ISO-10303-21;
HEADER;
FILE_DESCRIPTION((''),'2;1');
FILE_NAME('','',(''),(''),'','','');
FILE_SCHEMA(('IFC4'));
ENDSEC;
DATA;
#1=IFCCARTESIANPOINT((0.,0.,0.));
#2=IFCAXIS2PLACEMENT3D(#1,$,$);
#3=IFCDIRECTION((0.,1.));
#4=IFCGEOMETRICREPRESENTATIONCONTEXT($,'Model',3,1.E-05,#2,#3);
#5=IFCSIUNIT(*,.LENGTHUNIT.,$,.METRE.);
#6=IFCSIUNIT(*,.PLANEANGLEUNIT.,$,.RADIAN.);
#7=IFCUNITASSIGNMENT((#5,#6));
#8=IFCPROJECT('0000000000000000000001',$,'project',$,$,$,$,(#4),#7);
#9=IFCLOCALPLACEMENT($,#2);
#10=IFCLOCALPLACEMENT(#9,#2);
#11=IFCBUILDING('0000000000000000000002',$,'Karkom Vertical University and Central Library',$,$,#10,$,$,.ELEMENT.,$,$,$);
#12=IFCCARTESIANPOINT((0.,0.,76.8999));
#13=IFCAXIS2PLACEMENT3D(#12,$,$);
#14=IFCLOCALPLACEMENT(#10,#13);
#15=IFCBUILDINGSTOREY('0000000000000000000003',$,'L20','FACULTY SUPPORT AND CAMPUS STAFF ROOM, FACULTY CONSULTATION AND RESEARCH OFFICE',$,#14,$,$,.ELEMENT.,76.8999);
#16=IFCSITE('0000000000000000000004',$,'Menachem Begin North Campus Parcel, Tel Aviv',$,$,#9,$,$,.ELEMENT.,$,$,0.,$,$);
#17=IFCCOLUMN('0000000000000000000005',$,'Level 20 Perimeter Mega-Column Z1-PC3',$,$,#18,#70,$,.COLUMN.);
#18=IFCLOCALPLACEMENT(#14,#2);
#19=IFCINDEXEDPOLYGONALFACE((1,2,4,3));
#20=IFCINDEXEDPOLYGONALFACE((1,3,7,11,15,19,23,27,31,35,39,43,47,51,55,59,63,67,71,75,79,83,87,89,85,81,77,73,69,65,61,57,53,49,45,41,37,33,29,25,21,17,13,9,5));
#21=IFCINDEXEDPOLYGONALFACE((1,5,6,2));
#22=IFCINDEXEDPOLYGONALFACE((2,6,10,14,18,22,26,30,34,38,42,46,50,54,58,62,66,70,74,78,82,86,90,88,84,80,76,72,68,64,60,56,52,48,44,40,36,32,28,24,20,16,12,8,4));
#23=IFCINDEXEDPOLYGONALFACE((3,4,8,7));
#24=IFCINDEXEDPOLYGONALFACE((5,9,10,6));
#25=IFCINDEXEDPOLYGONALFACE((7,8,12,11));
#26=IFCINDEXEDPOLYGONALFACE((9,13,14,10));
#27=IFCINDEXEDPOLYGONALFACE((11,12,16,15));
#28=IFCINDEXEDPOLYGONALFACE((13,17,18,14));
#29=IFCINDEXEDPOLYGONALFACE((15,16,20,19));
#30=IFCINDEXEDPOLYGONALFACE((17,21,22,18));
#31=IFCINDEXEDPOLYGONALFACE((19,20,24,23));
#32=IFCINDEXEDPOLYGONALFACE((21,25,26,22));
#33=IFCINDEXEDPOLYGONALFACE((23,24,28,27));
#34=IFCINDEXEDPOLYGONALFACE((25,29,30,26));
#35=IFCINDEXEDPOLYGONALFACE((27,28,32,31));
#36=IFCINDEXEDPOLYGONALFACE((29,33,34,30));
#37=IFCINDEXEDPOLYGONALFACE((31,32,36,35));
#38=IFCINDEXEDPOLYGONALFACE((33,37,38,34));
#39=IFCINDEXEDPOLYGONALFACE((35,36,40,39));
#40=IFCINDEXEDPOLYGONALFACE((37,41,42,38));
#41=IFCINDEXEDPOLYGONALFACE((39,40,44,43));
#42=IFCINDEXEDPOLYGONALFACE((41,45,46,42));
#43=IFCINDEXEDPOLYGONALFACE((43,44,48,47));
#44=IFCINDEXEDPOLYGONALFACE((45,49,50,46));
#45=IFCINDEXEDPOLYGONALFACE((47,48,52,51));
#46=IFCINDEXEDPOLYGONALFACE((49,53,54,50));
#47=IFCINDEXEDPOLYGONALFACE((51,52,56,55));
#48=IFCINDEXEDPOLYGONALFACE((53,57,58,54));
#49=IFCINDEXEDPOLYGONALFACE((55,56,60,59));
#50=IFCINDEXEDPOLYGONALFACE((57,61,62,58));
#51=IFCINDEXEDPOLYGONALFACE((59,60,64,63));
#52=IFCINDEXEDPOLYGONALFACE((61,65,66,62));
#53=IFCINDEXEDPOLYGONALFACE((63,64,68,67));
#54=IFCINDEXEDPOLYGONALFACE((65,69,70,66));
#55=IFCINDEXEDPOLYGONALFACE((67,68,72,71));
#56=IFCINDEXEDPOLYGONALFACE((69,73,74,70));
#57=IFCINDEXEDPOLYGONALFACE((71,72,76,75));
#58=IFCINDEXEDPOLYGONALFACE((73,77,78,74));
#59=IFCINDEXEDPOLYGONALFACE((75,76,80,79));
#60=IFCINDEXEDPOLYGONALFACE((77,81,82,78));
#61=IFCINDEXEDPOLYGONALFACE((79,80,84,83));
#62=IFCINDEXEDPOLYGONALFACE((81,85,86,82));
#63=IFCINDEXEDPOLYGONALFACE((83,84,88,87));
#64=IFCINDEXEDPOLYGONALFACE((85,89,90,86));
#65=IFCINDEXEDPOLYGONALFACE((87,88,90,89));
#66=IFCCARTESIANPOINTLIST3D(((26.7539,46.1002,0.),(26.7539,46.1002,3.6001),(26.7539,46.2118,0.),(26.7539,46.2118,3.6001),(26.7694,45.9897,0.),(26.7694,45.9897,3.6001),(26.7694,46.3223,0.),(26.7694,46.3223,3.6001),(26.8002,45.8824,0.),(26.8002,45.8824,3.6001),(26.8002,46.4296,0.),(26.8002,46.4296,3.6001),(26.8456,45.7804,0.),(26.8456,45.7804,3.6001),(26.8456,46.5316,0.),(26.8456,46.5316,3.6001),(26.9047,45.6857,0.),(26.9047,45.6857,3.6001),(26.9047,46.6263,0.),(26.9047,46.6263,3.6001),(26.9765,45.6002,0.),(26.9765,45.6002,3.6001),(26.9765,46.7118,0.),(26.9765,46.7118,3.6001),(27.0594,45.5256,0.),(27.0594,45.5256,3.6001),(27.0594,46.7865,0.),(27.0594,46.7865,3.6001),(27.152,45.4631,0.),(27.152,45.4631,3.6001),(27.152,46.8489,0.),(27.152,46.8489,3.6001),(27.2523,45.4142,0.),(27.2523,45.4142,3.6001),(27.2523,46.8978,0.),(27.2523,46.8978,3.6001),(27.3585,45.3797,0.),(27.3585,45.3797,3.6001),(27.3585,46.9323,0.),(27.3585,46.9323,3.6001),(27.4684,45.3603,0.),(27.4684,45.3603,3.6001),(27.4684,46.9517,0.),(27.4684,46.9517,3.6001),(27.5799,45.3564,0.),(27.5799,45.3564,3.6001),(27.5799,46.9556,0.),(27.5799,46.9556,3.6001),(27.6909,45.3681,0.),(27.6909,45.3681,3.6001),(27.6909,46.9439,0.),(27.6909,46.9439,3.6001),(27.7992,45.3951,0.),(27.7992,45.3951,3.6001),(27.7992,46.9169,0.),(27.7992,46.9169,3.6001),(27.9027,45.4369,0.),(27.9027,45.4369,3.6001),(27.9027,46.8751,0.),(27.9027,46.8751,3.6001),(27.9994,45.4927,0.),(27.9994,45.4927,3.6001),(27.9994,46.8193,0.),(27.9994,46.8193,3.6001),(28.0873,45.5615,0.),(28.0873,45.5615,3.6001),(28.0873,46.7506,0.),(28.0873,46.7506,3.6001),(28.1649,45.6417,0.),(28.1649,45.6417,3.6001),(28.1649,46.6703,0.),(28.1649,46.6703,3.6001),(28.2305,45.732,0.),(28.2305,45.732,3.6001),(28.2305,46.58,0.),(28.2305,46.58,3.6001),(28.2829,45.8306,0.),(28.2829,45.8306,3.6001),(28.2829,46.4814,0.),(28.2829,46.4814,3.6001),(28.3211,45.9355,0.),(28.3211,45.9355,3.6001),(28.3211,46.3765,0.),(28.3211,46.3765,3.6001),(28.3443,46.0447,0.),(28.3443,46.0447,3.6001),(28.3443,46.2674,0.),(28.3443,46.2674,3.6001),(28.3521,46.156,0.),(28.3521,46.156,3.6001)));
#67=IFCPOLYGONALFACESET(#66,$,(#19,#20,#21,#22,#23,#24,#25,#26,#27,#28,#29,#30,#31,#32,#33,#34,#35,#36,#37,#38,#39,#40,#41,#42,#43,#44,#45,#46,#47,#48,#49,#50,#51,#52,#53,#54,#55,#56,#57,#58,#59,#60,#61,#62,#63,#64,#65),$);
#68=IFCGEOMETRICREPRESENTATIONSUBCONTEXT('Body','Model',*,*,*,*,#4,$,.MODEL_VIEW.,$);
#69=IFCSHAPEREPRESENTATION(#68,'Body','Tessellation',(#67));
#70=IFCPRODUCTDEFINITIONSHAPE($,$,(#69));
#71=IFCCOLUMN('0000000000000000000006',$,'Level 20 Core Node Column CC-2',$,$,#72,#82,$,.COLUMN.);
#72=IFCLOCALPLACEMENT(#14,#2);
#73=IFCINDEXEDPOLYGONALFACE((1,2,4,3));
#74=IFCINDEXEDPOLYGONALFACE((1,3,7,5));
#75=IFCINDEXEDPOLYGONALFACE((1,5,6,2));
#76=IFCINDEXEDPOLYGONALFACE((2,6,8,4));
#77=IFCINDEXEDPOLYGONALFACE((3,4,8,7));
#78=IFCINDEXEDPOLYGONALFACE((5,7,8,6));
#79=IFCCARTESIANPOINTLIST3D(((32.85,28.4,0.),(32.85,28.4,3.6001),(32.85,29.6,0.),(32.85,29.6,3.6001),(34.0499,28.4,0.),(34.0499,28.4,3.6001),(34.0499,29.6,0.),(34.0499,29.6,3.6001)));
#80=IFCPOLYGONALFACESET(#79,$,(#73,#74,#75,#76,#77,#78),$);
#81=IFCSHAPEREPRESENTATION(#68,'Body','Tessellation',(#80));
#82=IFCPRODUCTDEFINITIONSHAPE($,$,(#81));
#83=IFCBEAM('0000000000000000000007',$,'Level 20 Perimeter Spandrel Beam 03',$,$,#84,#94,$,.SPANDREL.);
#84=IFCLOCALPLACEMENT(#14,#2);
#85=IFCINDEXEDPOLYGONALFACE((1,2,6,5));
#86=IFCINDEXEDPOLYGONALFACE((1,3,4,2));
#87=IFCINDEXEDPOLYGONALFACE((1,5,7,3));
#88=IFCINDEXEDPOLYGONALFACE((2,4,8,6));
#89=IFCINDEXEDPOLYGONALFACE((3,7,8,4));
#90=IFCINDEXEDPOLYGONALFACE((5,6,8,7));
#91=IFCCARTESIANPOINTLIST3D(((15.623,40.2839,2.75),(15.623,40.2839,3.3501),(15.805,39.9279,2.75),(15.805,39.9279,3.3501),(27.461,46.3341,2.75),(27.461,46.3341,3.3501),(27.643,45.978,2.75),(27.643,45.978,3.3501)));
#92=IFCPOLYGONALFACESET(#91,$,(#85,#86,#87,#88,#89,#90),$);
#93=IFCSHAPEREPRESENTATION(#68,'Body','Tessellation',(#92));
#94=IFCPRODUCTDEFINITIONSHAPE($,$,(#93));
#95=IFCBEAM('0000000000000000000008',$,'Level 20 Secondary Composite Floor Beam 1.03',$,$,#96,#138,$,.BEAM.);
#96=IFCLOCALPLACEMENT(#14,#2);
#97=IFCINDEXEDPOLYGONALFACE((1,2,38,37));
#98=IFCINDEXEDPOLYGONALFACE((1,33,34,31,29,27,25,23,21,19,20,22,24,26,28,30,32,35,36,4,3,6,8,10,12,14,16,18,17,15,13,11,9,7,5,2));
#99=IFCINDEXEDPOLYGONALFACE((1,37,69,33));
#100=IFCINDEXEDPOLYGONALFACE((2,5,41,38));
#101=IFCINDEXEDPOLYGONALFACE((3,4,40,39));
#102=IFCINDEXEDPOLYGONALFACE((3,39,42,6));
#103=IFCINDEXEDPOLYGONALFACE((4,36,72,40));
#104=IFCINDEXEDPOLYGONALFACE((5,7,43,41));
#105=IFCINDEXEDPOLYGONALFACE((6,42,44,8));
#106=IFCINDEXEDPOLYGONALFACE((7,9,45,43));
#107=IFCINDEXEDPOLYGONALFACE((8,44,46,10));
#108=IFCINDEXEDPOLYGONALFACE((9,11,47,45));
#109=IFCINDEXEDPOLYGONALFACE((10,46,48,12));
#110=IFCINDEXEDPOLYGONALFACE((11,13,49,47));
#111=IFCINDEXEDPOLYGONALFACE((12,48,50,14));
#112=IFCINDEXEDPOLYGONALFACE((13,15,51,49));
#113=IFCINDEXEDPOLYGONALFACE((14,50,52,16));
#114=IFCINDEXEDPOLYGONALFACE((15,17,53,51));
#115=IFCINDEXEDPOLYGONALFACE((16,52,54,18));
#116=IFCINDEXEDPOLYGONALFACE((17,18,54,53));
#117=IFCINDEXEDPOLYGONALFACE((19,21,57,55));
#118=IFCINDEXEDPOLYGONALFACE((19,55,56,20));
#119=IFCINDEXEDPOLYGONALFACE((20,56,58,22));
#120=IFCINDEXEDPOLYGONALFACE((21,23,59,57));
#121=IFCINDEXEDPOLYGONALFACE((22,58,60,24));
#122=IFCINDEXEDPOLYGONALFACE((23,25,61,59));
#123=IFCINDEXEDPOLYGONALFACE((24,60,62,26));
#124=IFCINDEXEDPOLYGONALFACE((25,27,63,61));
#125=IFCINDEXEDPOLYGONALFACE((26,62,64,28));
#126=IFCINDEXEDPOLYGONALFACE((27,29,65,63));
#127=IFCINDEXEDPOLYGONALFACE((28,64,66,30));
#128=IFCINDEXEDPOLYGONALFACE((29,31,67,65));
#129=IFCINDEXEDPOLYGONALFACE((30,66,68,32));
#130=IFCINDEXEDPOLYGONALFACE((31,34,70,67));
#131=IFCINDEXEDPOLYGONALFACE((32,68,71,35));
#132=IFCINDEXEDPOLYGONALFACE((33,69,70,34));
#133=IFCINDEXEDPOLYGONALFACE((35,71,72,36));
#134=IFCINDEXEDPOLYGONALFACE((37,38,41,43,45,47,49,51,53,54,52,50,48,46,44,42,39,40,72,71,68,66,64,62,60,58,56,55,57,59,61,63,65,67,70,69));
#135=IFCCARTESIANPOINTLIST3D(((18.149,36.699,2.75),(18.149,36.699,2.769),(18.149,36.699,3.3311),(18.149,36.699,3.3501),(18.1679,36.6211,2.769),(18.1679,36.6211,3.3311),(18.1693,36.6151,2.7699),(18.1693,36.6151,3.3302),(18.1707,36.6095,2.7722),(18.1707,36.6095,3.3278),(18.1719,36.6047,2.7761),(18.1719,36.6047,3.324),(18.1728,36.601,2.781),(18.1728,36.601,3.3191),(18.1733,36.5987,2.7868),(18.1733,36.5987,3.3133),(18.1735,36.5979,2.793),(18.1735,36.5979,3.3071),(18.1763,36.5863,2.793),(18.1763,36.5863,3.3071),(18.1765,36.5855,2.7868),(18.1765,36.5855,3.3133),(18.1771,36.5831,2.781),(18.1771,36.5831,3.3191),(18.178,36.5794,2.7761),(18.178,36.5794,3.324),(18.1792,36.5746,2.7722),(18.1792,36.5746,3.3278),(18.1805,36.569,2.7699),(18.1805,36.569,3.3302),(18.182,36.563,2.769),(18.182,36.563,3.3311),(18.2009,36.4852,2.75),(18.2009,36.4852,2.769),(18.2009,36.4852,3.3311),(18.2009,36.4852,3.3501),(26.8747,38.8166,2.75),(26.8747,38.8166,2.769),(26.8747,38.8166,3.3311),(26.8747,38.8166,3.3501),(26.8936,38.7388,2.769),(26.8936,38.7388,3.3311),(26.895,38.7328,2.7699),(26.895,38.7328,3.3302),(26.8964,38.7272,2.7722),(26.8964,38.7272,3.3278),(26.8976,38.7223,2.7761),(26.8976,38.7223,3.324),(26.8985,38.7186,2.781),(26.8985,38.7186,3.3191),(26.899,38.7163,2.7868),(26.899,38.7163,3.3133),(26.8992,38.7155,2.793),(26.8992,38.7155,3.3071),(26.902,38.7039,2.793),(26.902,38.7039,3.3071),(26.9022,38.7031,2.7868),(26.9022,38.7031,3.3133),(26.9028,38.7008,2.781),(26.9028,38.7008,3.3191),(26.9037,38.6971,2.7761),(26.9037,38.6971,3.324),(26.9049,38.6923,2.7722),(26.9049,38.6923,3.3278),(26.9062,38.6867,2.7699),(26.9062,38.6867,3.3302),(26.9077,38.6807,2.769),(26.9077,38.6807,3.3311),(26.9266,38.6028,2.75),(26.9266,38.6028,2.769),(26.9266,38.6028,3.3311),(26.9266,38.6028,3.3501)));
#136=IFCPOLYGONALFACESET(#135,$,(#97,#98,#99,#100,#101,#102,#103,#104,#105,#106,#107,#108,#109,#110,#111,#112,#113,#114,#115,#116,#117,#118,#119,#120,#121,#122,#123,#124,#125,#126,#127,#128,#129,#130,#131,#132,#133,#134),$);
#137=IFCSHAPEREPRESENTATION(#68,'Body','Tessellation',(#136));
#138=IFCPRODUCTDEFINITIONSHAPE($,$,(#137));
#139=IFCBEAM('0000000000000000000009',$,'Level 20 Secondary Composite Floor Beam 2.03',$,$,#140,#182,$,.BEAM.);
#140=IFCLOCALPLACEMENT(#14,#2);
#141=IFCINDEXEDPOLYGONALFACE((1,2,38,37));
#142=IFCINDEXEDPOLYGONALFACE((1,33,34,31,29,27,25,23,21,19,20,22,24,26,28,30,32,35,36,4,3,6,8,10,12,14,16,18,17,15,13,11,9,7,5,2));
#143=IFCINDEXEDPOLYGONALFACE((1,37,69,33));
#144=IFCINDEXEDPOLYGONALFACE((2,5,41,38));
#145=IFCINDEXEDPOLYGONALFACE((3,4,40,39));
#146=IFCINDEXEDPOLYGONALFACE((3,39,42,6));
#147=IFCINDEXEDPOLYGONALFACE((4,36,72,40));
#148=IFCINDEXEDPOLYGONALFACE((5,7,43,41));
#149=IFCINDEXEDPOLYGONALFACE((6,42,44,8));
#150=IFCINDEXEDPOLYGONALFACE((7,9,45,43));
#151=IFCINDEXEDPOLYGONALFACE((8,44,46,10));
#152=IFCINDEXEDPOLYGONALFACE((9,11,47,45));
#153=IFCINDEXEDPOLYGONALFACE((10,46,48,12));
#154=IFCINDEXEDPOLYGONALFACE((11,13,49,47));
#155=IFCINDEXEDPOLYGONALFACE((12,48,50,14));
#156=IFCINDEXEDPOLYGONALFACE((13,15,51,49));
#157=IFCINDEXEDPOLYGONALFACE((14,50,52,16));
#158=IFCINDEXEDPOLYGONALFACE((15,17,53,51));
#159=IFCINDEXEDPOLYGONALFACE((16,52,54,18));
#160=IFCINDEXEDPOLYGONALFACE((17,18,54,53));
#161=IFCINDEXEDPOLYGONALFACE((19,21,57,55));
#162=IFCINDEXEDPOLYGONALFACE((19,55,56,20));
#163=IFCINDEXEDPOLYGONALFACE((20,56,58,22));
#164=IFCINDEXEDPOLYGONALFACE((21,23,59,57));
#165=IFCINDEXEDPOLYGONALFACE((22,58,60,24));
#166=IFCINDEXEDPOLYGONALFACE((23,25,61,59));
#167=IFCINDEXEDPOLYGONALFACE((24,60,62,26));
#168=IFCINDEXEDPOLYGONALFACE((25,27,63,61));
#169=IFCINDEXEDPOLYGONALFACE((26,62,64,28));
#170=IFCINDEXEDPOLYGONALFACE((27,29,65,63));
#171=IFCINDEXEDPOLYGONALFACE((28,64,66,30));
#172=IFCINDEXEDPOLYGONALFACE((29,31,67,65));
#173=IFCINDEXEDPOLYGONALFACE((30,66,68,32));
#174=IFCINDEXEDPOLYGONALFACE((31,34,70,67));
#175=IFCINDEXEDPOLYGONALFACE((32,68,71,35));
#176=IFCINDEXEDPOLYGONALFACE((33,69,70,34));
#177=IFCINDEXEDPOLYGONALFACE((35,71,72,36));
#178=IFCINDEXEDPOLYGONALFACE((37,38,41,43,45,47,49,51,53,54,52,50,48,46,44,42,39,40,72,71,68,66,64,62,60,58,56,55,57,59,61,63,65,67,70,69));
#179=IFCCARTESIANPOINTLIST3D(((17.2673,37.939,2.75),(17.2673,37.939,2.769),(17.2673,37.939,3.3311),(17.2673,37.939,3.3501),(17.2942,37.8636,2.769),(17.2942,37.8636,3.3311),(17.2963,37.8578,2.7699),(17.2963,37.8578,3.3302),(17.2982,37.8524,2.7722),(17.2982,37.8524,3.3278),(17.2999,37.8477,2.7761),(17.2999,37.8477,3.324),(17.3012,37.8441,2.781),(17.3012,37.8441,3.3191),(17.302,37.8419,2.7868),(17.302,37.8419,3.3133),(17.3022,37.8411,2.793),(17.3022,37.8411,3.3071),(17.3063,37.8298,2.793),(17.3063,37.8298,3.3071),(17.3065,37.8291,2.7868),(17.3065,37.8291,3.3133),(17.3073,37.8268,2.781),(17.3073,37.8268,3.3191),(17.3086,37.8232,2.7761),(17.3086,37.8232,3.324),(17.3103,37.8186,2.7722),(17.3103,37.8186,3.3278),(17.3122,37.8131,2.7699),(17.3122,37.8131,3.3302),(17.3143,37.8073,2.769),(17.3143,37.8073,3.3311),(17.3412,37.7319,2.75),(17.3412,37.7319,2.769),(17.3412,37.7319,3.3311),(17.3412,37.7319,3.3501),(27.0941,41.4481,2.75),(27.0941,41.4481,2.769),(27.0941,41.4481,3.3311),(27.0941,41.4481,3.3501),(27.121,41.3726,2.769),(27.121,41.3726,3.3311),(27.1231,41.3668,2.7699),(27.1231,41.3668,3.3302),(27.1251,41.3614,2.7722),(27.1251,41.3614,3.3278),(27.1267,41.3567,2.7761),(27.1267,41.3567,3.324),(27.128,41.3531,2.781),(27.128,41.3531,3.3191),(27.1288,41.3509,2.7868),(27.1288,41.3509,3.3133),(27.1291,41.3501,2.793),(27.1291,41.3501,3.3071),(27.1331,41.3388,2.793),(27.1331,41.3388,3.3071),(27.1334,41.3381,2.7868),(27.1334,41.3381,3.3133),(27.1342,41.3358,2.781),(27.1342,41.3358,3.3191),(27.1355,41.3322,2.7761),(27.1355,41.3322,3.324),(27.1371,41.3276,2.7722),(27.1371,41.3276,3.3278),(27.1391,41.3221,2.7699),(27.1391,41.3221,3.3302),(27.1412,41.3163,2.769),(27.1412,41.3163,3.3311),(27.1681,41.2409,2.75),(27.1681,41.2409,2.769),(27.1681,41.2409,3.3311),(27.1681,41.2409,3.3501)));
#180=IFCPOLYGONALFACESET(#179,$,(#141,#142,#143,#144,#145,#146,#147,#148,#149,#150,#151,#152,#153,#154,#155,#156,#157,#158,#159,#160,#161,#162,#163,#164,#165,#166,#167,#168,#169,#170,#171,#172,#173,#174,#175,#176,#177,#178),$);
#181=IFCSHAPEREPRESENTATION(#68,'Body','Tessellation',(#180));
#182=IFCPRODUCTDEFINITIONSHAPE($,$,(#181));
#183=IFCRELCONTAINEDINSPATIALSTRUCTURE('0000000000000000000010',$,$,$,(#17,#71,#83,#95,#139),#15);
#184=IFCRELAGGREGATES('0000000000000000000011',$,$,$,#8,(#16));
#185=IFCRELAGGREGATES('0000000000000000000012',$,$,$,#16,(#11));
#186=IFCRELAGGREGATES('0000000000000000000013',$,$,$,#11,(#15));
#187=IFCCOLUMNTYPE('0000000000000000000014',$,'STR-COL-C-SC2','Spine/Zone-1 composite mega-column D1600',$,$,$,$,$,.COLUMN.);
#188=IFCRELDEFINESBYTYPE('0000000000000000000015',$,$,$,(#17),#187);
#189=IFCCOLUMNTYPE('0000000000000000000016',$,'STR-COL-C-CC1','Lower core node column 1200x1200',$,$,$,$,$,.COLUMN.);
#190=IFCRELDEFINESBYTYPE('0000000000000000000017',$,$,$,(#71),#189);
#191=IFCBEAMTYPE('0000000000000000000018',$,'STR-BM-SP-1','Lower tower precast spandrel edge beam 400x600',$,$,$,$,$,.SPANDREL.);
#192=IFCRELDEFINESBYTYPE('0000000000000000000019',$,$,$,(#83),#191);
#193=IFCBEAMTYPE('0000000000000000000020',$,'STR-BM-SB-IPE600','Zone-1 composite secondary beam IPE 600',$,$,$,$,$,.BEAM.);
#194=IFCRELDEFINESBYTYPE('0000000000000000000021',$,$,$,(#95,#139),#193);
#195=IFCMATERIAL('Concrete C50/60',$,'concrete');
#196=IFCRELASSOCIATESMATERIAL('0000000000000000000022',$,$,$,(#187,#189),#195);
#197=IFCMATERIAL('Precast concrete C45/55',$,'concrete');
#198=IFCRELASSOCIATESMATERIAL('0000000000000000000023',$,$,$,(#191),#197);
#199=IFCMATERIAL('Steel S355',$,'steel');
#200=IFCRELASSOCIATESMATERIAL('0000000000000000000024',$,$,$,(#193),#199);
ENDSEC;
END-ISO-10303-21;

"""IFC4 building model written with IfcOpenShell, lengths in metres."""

from ifc_helpers import new_model, si_unit, direction, frame, origin, origin_with_axes, origin_2d, place, context, subcontext, project, spatial, rectangle, circle, i_section, extrude, source, transform, mapped, material, material_profile, profile_set, type_object, element, save


model = new_model("IFC4")

# Units and contexts
model_context = context("Model", 3, precision=1e-05, world=origin(), true_north=direction((0.0, 1.0)))
body_context = subcontext(model_context, "Body", "Model", "MODEL_VIEW")
ifc_project = project(units=[si_unit("LENGTHUNIT", "METRE"), si_unit("PLANEANGLEUNIT", "RADIAN")], contexts=[model_context])

# Site, building, storey
site_placement = place(None, origin())
site = spatial("IfcSite", under=ifc_project, at=site_placement, Name="Menachem Begin North Campus Parcel, Tel Aviv", CompositionType="ELEMENT", RefElevation=0.0)
building_placement = place(site_placement, origin())
building = spatial("IfcBuilding", under=site, at=building_placement, Name="Karkom Vertical University and Central Library", CompositionType="ELEMENT")
storey_placement = place(building_placement, frame((0.0, 0.0, 76.8999)))
storey = spatial("IfcBuildingStorey", under=building, at=storey_placement, Name="L20", Description="FACULTY SUPPORT AND CAMPUS STAFF ROOM, FACULTY CONSULTATION AND RESEARCH OFFICE", CompositionType="ELEMENT", Elevation=76.8999)

# Columns
ifc_material_1 = material(Name="Concrete C50/60", Category="concrete")
ifc_material_profile_1 = material_profile(ifc_material_1, circle(Radius=0.8, at=origin_2d()), Name="CFT-D1600")
ifc_profile_set_1 = profile_set([ifc_material_profile_1], Name="Concrete C50/60")
column_type_1 = type_object("IfcColumnType", Name="STR-COL-C-SC2", Description="Spine/Zone-1 composite mega-column D1600", PredefinedType="COLUMN", material=ifc_profile_set_1)
shared_shape_1 = source(origin_with_axes(), body_context, "Body", "SweptSolid", [
    extrude(circle(Radius=0.8, at=origin_2d()), origin(), (0.0, 0.0, 1.0), 3.6001),
])
column_1_placement = place(storey_placement, frame((27.552, 46.156, 0.0), z_axis=(0.0, 0.0, 1.0), x_axis=(1.0, 0.0, 0.0)))
element("IfcColumn", 1, at=column_1_placement, inside=storey, type_object=column_type_1, Name="Level 20 Perimeter Mega-Column Z1-PC3", PredefinedType="COLUMN", context=body_context, shape_type="MappedRepresentation", body=[
    mapped(shared_shape_1, transform((0.0, 0.0, 0.0), scale=1.0)),
])
ifc_material_profile_2 = material_profile(ifc_material_1, rectangle(XDim=1.2, YDim=1.2, at=origin_2d()), Name="RC-1200x1200")
ifc_profile_set_2 = profile_set([ifc_material_profile_2], Name="Concrete C50/60")
column_type_2 = type_object("IfcColumnType", Name="STR-COL-C-CC1", Description="Lower core node column 1200x1200", PredefinedType="COLUMN", material=ifc_profile_set_2)
shared_shape_2 = source(origin_with_axes(), body_context, "Body", "SweptSolid", [
    extrude(rectangle(XDim=1.2, YDim=1.2, at=origin_2d()), origin(), (0.0, 0.0, 1.0), 3.6001),
])
column_2_placement = place(storey_placement, frame((33.45, 29.0, 0.0), z_axis=(0.0, 0.0, 1.0), x_axis=(1.0, 0.0, 0.0)))
element("IfcColumn", 2, at=column_2_placement, inside=storey, type_object=column_type_2, Name="Level 20 Core Node Column CC-2", PredefinedType="COLUMN", context=body_context, shape_type="MappedRepresentation", body=[
    mapped(shared_shape_2, transform((0.0, 0.0, 0.0), scale=1.0)),
])

# Beams
ifc_material_2 = material(Name="Precast concrete C45/55", Category="concrete")
ifc_material_profile_3 = material_profile(ifc_material_2, rectangle(XDim=0.3999, YDim=0.6001, at=origin_2d()), Name="SPB-400x600")
ifc_profile_set_3 = profile_set([ifc_material_profile_3], Name="Precast concrete C45/55")
beam_type_1 = type_object("IfcBeamType", Name="STR-BM-SP-1", Description="Lower tower precast spandrel edge beam 400x600", PredefinedType="SPANDREL", material=ifc_profile_set_3)
shared_shape_3 = source(origin_with_axes(), body_context, "Body", "SweptSolid", [
    extrude(rectangle(XDim=0.3999, YDim=0.6001, at=origin_2d()), origin(), (0.0, 0.0, 1.0), 13.2944),
])
beam_1_placement = place(storey_placement, frame((27.552, 46.156, 3.05), z_axis=(-0.890448, -0.455085, 0.0), x_axis=(0.455085, -0.890448, 0.0)))
element("IfcBeam", 3, at=beam_1_placement, inside=storey, type_object=beam_type_1, Name="Level 20 Perimeter Spandrel Beam 03", PredefinedType="SPANDREL", context=body_context, shape_type="MappedRepresentation", body=[
    mapped(shared_shape_3, transform((0.0, 0.0, 0.0), scale=1.0)),
])
ifc_material_3 = material(Name="Steel S355", Category="steel")
ifc_material_profile_4 = material_profile(ifc_material_3, i_section(OverallWidth=0.22, OverallDepth=0.6001, WebThickness=0.012, FlangeThickness=0.019, FilletRadius=0.0239, at=origin_2d()), Name="IPE 600")
ifc_profile_set_4 = profile_set([ifc_material_profile_4], Name="Steel S355")
beam_type_2 = type_object("IfcBeamType", Name="STR-BM-SB-IPE600", Description="Zone-1 composite secondary beam IPE 600", PredefinedType="BEAM", material=ifc_profile_set_4)
shared_shape_4 = source(origin_with_axes(), body_context, "Body", "SweptSolid", [
    extrude(i_section(OverallWidth=0.22, OverallDepth=0.6001, WebThickness=0.012, FlangeThickness=0.019, FilletRadius=0.0239, at=origin_2d()), origin(), (0.0, 0.0, 1.0), 8.979),
])
beam_2_placement = place(storey_placement, frame((26.9006, 38.7097, 3.05), z_axis=(-0.971791, -0.235844, 0.0), x_axis=(0.235844, -0.971791, 0.0)))
element("IfcBeam", 4, at=beam_2_placement, inside=storey, type_object=beam_type_2, Name="Level 20 Secondary Composite Floor Beam 1.03", PredefinedType="BEAM", context=body_context, shape_type="MappedRepresentation", body=[
    mapped(shared_shape_4, transform((0.0, 0.0, 0.0), scale=1.0)),
])
shared_shape_5 = source(origin_with_axes(), body_context, "Body", "SweptSolid", [
    extrude(i_section(OverallWidth=0.22, OverallDepth=0.6001, WebThickness=0.012, FlangeThickness=0.019, FilletRadius=0.0239, at=origin_2d()), origin(), (0.0, 0.0, 1.0), 10.4346),
])
beam_3_placement = place(storey_placement, frame((27.1311, 41.3445, 3.05), z_axis=(-0.941759, -0.336287, 0.0), x_axis=(0.336287, -0.941759, 0.0)))
element("IfcBeam", 5, at=beam_3_placement, inside=storey, type_object=beam_type_2, Name="Level 20 Secondary Composite Floor Beam 2.03", PredefinedType="BEAM", context=body_context, shape_type="MappedRepresentation", body=[
    mapped(shared_shape_5, transform((0.0, 0.0, 0.0), scale=1.0)),
])

save(model, "model.ifc")
